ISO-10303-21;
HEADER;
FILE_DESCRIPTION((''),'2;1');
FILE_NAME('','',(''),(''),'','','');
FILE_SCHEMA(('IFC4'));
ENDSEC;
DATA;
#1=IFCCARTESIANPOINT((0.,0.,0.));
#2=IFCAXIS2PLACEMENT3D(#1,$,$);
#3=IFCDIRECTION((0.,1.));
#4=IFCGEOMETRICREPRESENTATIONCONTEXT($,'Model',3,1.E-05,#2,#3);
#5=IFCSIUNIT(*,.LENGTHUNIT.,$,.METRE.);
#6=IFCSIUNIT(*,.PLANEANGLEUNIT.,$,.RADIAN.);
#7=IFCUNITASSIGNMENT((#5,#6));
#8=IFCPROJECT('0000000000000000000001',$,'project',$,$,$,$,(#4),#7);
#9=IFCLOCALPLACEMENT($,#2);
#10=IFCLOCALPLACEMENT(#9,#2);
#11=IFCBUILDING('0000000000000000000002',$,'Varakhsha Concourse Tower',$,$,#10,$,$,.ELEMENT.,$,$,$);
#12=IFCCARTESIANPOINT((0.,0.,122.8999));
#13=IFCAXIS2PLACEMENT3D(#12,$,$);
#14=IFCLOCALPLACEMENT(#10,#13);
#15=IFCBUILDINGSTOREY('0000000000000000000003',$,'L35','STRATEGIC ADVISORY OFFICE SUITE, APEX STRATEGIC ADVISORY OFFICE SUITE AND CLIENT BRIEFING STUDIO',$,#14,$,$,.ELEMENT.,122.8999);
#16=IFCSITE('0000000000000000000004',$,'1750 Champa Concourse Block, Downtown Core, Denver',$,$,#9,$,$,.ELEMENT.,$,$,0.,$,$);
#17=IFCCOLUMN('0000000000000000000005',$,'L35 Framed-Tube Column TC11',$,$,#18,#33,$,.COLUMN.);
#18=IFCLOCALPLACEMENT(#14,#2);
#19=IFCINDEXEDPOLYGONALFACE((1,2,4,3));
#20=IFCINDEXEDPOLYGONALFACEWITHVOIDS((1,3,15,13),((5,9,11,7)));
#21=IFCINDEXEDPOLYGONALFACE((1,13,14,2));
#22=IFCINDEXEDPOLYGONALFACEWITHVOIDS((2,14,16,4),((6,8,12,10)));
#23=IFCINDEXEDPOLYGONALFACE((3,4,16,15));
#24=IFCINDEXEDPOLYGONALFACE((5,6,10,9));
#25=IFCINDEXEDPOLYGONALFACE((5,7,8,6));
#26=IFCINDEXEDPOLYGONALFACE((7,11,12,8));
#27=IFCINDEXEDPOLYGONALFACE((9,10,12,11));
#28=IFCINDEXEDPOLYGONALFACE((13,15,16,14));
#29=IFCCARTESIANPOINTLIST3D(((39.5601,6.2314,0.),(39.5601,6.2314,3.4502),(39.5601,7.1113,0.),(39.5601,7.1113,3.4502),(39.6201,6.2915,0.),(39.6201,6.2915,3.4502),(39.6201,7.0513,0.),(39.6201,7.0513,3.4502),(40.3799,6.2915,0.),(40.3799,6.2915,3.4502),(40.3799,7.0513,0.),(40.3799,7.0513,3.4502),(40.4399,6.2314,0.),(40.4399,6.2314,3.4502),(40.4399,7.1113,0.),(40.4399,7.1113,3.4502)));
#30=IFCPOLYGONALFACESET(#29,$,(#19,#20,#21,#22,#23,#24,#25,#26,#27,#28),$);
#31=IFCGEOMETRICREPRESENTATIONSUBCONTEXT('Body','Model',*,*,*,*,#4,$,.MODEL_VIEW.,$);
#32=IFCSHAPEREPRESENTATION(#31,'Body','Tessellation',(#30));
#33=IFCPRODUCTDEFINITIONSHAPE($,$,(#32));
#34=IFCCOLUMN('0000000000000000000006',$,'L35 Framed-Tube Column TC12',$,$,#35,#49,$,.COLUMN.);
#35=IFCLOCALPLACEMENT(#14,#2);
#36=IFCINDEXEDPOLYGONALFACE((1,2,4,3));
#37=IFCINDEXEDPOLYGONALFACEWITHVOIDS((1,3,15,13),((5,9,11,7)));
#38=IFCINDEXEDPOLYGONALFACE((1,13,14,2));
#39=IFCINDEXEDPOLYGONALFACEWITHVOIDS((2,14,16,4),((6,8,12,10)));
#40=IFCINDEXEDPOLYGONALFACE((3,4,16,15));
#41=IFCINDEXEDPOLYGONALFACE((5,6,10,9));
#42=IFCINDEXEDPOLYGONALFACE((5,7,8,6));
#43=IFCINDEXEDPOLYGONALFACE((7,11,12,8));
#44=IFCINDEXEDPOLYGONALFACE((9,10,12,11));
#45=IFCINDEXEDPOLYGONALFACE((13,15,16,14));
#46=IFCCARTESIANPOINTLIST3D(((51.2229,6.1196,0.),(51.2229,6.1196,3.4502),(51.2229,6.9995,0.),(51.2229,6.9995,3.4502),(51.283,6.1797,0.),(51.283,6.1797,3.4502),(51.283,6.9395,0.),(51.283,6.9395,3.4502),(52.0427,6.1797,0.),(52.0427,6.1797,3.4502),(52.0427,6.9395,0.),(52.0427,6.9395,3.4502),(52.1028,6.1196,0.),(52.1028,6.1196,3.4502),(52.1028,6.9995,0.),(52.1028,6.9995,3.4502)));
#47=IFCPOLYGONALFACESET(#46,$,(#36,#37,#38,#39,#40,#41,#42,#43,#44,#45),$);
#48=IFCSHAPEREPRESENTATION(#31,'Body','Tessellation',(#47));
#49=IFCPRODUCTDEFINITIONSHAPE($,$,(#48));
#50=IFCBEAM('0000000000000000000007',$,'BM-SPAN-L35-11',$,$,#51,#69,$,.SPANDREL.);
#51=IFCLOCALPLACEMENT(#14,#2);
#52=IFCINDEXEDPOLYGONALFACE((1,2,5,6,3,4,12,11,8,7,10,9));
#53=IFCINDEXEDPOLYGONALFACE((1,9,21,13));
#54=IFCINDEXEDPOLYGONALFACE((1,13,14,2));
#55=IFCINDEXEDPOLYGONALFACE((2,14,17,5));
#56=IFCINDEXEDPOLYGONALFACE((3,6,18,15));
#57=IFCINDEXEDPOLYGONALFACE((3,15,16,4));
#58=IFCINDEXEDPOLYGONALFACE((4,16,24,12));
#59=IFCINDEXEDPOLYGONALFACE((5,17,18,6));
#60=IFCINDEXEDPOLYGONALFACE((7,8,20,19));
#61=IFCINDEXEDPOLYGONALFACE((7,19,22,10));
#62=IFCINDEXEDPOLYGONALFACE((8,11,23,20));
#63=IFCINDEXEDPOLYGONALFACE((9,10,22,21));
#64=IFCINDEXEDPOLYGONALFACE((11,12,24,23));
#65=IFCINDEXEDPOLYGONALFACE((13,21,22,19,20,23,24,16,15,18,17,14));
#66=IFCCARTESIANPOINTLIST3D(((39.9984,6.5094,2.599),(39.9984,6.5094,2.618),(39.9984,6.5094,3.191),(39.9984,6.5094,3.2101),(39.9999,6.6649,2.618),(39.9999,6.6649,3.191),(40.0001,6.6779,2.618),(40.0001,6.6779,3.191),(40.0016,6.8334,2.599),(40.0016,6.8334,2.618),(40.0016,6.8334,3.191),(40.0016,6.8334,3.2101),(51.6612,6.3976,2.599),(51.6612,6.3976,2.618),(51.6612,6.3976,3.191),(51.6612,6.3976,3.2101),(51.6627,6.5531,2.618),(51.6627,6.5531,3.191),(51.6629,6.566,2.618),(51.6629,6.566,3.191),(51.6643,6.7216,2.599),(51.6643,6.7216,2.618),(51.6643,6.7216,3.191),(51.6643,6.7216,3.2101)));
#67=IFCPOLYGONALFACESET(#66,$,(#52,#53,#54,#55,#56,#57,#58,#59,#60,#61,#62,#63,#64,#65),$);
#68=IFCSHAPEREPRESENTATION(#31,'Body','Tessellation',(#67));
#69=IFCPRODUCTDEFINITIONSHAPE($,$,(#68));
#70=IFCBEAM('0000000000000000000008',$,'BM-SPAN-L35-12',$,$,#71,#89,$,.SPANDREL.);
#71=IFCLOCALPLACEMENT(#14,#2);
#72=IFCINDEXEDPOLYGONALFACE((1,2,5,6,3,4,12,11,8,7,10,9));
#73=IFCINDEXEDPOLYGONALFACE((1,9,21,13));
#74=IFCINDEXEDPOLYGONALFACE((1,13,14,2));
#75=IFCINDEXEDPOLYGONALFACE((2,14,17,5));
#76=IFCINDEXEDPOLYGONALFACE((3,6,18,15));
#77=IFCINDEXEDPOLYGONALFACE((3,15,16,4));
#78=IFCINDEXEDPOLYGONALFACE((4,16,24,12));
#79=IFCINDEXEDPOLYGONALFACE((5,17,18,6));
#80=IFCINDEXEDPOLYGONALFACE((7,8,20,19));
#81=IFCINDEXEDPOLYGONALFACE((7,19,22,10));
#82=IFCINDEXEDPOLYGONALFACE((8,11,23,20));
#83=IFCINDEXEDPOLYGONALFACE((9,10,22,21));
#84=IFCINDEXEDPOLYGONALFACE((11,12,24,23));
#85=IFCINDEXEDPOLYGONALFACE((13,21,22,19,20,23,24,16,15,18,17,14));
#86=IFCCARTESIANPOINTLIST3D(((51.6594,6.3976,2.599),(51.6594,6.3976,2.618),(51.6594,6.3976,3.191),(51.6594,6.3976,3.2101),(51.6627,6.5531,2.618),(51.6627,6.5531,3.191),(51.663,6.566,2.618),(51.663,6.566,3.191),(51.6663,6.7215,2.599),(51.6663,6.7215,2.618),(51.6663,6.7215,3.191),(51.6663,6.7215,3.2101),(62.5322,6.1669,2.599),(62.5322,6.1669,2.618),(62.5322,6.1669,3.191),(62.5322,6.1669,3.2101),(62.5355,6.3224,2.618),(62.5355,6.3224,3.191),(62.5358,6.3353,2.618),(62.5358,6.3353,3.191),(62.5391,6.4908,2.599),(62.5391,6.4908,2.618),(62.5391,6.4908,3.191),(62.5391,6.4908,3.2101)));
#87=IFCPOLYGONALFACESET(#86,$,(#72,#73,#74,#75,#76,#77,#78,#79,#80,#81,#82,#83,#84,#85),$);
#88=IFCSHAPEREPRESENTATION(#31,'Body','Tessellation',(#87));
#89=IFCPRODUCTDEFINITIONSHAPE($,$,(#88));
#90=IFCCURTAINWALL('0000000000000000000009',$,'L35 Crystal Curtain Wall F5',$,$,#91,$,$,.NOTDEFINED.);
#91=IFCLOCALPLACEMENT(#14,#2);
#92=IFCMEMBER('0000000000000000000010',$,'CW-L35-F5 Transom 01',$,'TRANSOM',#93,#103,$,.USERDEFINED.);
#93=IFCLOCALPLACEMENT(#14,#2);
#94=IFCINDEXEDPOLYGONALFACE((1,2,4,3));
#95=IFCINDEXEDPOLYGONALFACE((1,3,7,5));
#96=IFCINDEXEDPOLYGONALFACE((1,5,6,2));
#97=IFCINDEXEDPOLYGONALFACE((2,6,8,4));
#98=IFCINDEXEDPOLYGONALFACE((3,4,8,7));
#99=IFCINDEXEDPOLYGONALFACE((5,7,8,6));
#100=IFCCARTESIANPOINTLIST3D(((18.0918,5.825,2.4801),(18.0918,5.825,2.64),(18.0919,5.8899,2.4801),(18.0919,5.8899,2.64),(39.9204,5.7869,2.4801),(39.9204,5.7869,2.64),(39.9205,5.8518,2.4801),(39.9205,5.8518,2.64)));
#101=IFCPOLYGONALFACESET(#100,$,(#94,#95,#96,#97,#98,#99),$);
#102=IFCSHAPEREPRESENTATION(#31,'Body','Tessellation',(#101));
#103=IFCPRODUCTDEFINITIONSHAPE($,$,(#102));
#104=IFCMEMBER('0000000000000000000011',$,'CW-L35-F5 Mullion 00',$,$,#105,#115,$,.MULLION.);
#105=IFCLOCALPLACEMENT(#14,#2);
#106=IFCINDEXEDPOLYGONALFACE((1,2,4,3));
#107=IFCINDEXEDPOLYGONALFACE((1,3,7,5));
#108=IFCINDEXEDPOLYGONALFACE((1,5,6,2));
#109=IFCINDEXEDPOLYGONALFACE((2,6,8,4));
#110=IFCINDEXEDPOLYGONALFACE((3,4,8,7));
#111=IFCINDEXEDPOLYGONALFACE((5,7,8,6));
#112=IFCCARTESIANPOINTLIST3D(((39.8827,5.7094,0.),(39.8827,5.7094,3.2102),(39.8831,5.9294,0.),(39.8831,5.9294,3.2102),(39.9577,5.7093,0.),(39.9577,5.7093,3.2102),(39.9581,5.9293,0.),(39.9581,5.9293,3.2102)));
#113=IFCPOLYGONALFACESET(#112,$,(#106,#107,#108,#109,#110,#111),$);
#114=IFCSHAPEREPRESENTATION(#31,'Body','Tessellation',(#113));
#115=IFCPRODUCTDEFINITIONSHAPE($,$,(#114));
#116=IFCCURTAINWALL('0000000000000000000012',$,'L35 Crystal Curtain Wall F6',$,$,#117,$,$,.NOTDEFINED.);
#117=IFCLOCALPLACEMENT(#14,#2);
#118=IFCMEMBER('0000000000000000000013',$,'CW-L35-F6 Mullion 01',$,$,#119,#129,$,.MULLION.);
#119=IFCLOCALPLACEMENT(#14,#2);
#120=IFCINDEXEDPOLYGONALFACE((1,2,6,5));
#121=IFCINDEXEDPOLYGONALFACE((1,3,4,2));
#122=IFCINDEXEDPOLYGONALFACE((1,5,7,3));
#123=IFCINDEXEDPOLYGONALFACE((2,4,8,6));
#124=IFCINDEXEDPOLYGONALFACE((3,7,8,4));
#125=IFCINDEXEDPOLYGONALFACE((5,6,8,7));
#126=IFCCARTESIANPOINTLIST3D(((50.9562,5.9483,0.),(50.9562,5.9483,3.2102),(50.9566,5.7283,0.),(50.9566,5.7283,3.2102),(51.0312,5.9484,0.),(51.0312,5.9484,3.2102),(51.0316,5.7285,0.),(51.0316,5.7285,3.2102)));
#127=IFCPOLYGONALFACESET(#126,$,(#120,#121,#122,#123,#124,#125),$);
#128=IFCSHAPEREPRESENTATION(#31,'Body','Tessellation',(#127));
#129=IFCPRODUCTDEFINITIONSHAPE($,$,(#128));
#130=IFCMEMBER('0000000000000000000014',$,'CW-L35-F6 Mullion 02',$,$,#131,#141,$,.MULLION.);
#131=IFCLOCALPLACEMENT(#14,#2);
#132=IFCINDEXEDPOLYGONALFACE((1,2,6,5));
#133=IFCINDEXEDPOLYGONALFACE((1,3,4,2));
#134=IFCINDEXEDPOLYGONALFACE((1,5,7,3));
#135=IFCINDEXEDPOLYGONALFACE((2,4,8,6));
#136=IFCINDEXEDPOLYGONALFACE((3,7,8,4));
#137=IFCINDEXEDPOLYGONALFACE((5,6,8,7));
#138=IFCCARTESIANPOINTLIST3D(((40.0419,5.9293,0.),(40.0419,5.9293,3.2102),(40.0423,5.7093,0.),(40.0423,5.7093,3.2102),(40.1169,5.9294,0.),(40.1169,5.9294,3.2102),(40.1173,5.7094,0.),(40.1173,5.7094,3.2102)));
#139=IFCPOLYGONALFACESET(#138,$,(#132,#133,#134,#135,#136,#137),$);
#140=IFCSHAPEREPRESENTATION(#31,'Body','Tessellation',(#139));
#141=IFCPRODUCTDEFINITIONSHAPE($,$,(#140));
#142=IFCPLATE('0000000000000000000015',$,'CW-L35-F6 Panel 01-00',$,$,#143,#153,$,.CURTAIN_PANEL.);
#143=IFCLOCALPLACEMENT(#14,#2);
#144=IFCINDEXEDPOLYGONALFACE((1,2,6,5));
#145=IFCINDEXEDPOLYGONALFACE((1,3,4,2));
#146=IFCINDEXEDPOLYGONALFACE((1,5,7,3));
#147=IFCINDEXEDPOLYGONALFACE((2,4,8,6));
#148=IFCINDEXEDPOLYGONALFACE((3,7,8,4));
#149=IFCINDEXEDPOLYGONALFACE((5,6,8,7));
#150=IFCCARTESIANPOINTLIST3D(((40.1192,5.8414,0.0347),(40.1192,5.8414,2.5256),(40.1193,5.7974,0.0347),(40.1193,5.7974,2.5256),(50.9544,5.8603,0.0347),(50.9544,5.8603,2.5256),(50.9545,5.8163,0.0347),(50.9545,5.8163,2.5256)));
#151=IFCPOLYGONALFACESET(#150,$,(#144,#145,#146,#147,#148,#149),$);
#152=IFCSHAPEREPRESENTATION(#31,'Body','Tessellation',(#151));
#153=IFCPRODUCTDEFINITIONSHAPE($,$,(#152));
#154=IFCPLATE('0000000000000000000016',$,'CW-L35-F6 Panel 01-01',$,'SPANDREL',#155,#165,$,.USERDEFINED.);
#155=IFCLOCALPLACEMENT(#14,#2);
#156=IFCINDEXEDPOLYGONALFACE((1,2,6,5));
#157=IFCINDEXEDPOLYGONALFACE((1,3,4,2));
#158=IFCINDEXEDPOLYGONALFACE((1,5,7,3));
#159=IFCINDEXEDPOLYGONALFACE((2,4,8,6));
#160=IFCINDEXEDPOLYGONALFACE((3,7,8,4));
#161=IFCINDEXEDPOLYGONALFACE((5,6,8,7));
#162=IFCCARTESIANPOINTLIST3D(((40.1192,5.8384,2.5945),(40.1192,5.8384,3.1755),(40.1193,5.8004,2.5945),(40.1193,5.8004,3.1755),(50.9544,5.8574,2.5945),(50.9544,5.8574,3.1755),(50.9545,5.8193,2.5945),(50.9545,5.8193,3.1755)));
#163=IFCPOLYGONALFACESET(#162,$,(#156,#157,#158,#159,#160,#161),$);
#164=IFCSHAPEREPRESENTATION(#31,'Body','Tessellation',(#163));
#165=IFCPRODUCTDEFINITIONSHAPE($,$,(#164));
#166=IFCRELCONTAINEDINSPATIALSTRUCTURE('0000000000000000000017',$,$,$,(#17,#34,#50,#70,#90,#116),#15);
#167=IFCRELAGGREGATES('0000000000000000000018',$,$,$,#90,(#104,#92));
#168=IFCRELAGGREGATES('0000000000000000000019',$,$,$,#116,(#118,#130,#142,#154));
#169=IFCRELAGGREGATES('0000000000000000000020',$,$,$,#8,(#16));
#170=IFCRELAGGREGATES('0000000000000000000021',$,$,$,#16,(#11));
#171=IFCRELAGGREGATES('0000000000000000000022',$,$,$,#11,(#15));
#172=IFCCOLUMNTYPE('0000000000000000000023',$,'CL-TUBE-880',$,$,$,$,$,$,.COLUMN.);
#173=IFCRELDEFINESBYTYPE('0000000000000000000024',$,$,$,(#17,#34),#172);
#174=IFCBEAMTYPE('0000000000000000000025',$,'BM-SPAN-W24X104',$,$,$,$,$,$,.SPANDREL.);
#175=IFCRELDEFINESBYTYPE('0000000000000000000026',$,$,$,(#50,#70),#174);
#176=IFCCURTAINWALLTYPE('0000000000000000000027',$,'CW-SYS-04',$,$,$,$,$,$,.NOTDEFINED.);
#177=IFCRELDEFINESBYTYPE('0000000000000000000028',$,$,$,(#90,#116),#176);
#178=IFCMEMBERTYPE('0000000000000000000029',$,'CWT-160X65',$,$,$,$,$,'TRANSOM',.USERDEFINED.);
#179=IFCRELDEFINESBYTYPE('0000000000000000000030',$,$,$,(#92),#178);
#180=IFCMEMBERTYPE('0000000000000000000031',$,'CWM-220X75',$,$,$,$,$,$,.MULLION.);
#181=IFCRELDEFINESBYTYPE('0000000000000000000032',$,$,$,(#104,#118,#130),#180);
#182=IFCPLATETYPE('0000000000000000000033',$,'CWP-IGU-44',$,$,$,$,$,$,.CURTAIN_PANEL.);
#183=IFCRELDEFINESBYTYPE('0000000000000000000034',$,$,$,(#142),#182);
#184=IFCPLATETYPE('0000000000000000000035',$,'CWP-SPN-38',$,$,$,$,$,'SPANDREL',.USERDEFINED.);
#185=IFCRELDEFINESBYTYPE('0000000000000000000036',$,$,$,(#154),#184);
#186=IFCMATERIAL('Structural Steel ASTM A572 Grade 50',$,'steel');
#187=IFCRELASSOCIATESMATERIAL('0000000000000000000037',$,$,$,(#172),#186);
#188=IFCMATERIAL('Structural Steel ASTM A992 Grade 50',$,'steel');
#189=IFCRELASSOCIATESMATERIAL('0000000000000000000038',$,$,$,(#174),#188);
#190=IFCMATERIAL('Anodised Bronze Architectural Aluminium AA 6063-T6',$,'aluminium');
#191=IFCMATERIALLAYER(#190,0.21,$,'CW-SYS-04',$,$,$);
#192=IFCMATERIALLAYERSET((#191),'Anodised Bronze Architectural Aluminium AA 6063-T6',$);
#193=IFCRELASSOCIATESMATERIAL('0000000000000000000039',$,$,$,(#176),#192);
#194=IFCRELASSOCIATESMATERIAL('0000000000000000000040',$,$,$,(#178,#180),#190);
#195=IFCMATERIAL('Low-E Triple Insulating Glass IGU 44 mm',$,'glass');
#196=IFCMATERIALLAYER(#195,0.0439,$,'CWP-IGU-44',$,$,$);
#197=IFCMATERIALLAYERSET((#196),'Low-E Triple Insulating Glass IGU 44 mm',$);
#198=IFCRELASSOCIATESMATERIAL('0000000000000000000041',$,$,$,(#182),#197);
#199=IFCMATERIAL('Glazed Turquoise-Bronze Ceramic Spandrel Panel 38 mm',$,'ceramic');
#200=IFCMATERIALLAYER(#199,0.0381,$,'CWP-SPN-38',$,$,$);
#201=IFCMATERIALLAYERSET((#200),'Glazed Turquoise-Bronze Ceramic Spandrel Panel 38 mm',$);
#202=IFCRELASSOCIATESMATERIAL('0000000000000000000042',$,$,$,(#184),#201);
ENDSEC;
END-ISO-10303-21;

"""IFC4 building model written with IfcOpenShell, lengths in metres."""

from ifc_helpers import new_model, si_unit, direction, frame, origin, origin_2d, place, context, subcontext, project, spatial, rectangle, hollow_rectangle, i_section, extrude, source, transform, mapped, material, layer, layer_set, material_profile, profile_set, type_object, type_shapes, element, aggregate, save


model = new_model("IFC4")

# Units and contexts
model_context = context("Model", 3, precision=1e-05, world=origin(), true_north=direction((0.0, 1.0)))
body_context = subcontext(model_context, "Body", "Model", "MODEL_VIEW")
ifc_project = project(units=[si_unit("LENGTHUNIT", "METRE"), si_unit("PLANEANGLEUNIT", "RADIAN")], contexts=[model_context])

# Site, building, storey
site_placement = place(None, origin())
site = spatial("IfcSite", under=ifc_project, at=site_placement, Name="1750 Champa Concourse Block, Downtown Core, Denver", CompositionType="ELEMENT", RefElevation=0.0)
building_placement = place(site_placement, origin())
building = spatial("IfcBuilding", under=site, at=building_placement, Name="Varakhsha Concourse Tower", CompositionType="ELEMENT")
storey_placement = place(building_placement, frame((0.0, 0.0, 122.8999)))
storey = spatial("IfcBuildingStorey", under=building, at=storey_placement, Name="L35", Description="STRATEGIC ADVISORY OFFICE SUITE, APEX STRATEGIC ADVISORY OFFICE SUITE AND CLIENT BRIEFING STUDIO", CompositionType="ELEMENT", Elevation=122.8999)

# Columns
ifc_material_1 = material(Name="Structural Steel ASTM A572 Grade 50", Category="steel")
ifc_material_profile_1 = material_profile(ifc_material_1, hollow_rectangle(XDim=0.8799, YDim=0.8799, WallThickness=0.0601, at=origin_2d()), Name="BOX 880x880x60")
ifc_profile_set_1 = profile_set([ifc_material_profile_1], Name="Structural Steel ASTM A572 Grade 50")
column_type = type_object("IfcColumnType", Name="CL-TUBE-880", PredefinedType="COLUMN", material=ifc_profile_set_1)
for number, where, z_axis, x_axis, name in (
    (1, (40.0, 6.6714, 0.0), (0.0, 0.0, 1.0), (1.0, 0.0, 0.0), "L35 Framed-Tube Column TC11"),
    (2, (51.6628, 6.5596, 0.0), (0.0, 0.0, 1.0), (1.0, 0.0, 0.0), "L35 Framed-Tube Column TC12"),
):
    element("IfcColumn", number, at=place(storey_placement, frame(where, z_axis=z_axis, x_axis=x_axis)), inside=storey, type_object=column_type, Name=name, PredefinedType="COLUMN", context=body_context, shape_type="SweptSolid", body=[
        extrude(hollow_rectangle(XDim=0.8799, YDim=0.8799, WallThickness=0.0601, at=origin_2d()), origin(), (0.0, 0.0, 1.0), 3.4502),
    ])

# Beams
ifc_material_2 = material(Name="Structural Steel ASTM A992 Grade 50", Category="steel")
ifc_material_profile_2 = material_profile(ifc_material_2, i_section(OverallWidth=0.324, OverallDepth=0.6111, WebThickness=0.0129, FlangeThickness=0.019, at=origin_2d()), Name="W24X104")
ifc_profile_set_2 = profile_set([ifc_material_profile_2], Name="Structural Steel ASTM A992 Grade 50")
beam_type = type_object("IfcBeamType", Name="BM-SPAN-W24X104", PredefinedType="SPANDREL", material=ifc_profile_set_2)
beam_1_placement = place(storey_placement, frame((40.0, 6.6714, 2.9045), z_axis=(0.999954, -0.009587, 0.0), x_axis=(0.009587, 0.999954, 0.0)))
element("IfcBeam", 3, at=beam_1_placement, inside=storey, type_object=beam_type, Name="BM-SPAN-L35-11", PredefinedType="SPANDREL", context=body_context, shape_type="SweptSolid", body=[
    extrude(i_section(OverallWidth=0.324, OverallDepth=0.6111, WebThickness=0.0129, FlangeThickness=0.019, at=origin_2d()), origin(), (0.0, 0.0, 1.0), 11.6633),
])
beam_2_placement = place(storey_placement, frame((51.6628, 6.5596, 2.9045), z_axis=(0.999775, -0.021214, 0.0), x_axis=(0.021214, 0.999775, 0.0)))
element("IfcBeam", 4, at=beam_2_placement, inside=storey, type_object=beam_type, Name="BM-SPAN-L35-12", PredefinedType="SPANDREL", context=body_context, shape_type="SweptSolid", body=[
    extrude(i_section(OverallWidth=0.324, OverallDepth=0.6111, WebThickness=0.0129, FlangeThickness=0.019, at=origin_2d()), origin(), (0.0, 0.0, 1.0), 10.8752),
])

# Curtain wall, members
ifc_material_3 = material(Name="Anodised Bronze Architectural Aluminium AA 6063-T6", Category="aluminium")
ifc_layer_1 = layer(ifc_material_3, 0.21, Name="CW-SYS-04")
ifc_layer_set_1 = layer_set([ifc_layer_1], Name="Anodised Bronze Architectural Aluminium AA 6063-T6")
curtain_wall_type = type_object("IfcCurtainWallType", Name="CW-SYS-04", PredefinedType="NOTDEFINED", material=ifc_layer_set_1)
curtain_wall_1_placement = place(storey_placement, origin())
curtain_wall_1 = element("IfcCurtainWall", 5, at=curtain_wall_1_placement, inside=storey, type_object=curtain_wall_type, Name="L35 Crystal Curtain Wall F5", PredefinedType="NOTDEFINED")
ifc_material_profile_3 = material_profile(ifc_material_3, rectangle(XDim=0.0649, YDim=0.1599, at=origin_2d()), Name="CWT-160X65")
ifc_profile_set_3 = profile_set([ifc_material_profile_3], Name="Anodised Bronze Architectural Aluminium AA 6063-T6")
member_type_1 = type_object("IfcMemberType", Name="CWT-160X65", ElementType="TRANSOM", PredefinedType="USERDEFINED", material=ifc_profile_set_3)
shared_shape_1 = source(origin(), body_context, "Body", "SweptSolid", [
    extrude(rectangle(XDim=0.0649, YDim=0.1599, at=origin_2d()), origin(), (0.0, 0.0, 1.0), 21.8286),
])
type_shapes(member_type_1, [shared_shape_1])
member_1_placement = place(storey_placement, frame((39.9204, 5.8193, 2.5601), z_axis=(-0.999998, 0.001745, 0.0), x_axis=(-0.001745, -0.999998, 0.0)))
member_1 = element("IfcMember", 6, at=member_1_placement, type_object=member_type_1, Name="CW-L35-F5 Transom 01", ObjectType="TRANSOM", PredefinedType="USERDEFINED", context=body_context, shape_type="MappedRepresentation", body=[
    mapped(shared_shape_1, transform((0.0, 0.0, 0.0), scale=1.0)),
])
ifc_material_profile_4 = material_profile(ifc_material_3, rectangle(XDim=0.075, YDim=0.22, at=origin_2d()), Name="CWM-220X75")
ifc_profile_set_4 = profile_set([ifc_material_profile_4], Name="Anodised Bronze Architectural Aluminium AA 6063-T6")
member_type_2 = type_object("IfcMemberType", Name="CWM-220X75", PredefinedType="MULLION", material=ifc_profile_set_4)
shared_shape_2 = source(origin(), body_context, "Body", "SweptSolid", [
    extrude(rectangle(XDim=0.075, YDim=0.22, at=origin_2d()), origin(), (0.0, 0.0, 1.0), 3.2102),
])
type_shapes(member_type_2, [shared_shape_2])
member_2_placement = place(storey_placement, frame((39.9204, 5.8193, 0.0), z_axis=(0.0, 0.0, 1.0), x_axis=(-0.999998, 0.001745, 0.0)))
member_2 = element("IfcMember", 7, at=member_2_placement, type_object=member_type_2, Name="CW-L35-F5 Mullion 00", PredefinedType="MULLION", context=body_context, shape_type="MappedRepresentation", body=[
    mapped(shared_shape_2, transform((0.0, 0.0, 0.0), scale=1.0)),
])
aggregate(curtain_wall_1, [member_2, member_1])

# Curtain wall, members, plates
curtain_wall_2_placement = place(storey_placement, origin())
curtain_wall_2 = element("IfcCurtainWall", 8, at=curtain_wall_2_placement, inside=storey, type_object=curtain_wall_type, Name="L35 Crystal Curtain Wall F6", PredefinedType="NOTDEFINED")
member_3_placement = place(storey_placement, frame((50.9939, 5.8384, 0.0), z_axis=(0.0, 0.0, 1.0), x_axis=(-0.999998, -0.001745, 0.0)))
member_3 = element("IfcMember", 9, at=member_3_placement, type_object=member_type_2, Name="CW-L35-F6 Mullion 01", PredefinedType="MULLION", context=body_context, shape_type="MappedRepresentation", body=[
    mapped(shared_shape_2, transform((0.0, 0.0, 0.0), scale=1.0)),
])
member_4_placement = place(storey_placement, frame((40.0796, 5.8193, 0.0), z_axis=(0.0, 0.0, 1.0), x_axis=(-0.999998, -0.001745, 0.0)))
member_4 = element("IfcMember", 10, at=member_4_placement, type_object=member_type_2, Name="CW-L35-F6 Mullion 02", PredefinedType="MULLION", context=body_context, shape_type="MappedRepresentation", body=[
    mapped(shared_shape_2, transform((0.0, 0.0, 0.0), scale=1.0)),
])
ifc_material_4 = material(Name="Low-E Triple Insulating Glass IGU 44 mm", Category="glass")
ifc_layer_2 = layer(ifc_material_4, 0.0439, Name="CWP-IGU-44")
ifc_layer_set_2 = layer_set([ifc_layer_2], Name="Low-E Triple Insulating Glass IGU 44 mm")
plate_type_1 = type_object("IfcPlateType", Name="CWP-IGU-44", PredefinedType="CURTAIN_PANEL", material=ifc_layer_set_2)
shared_shape_3 = source(origin(), body_context, "Body", "SweptSolid", [
    extrude(rectangle(XDim=10.8352, YDim=0.0439, at=origin_2d()), origin(), (0.0, 0.0, 1.0), 2.491),
])
type_shapes(plate_type_1, [shared_shape_3])
plate_1_placement = place(storey_placement, frame((45.5369, 5.8289, 0.0347), z_axis=(0.0, 0.0, 1.0), x_axis=(-0.999998, -0.001745, 0.0)))
plate_1 = element("IfcPlate", 11, at=plate_1_placement, type_object=plate_type_1, Name="CW-L35-F6 Panel 01-00", PredefinedType="CURTAIN_PANEL", context=body_context, shape_type="MappedRepresentation", body=[
    mapped(shared_shape_3, transform((0.0, 0.0, 0.0), scale=1.0)),
])
ifc_material_5 = material(Name="Glazed Turquoise-Bronze Ceramic Spandrel Panel 38 mm", Category="ceramic")
ifc_layer_3 = layer(ifc_material_5, 0.0381, Name="CWP-SPN-38")
ifc_layer_set_3 = layer_set([ifc_layer_3], Name="Glazed Turquoise-Bronze Ceramic Spandrel Panel 38 mm")
plate_type_2 = type_object("IfcPlateType", Name="CWP-SPN-38", ElementType="SPANDREL", PredefinedType="USERDEFINED", material=ifc_layer_set_3)
shared_shape_4 = source(origin(), body_context, "Body", "SweptSolid", [
    extrude(rectangle(XDim=10.8352, YDim=0.0381, at=origin_2d()), origin(), (0.0, 0.0, 1.0), 0.5811),
])
type_shapes(plate_type_2, [shared_shape_4])
plate_2_placement = place(storey_placement, frame((45.5369, 5.8289, 2.5945), z_axis=(0.0, 0.0, 1.0), x_axis=(-0.999998, -0.001745, 0.0)))
plate_2 = element("IfcPlate", 12, at=plate_2_placement, type_object=plate_type_2, Name="CW-L35-F6 Panel 01-01", ObjectType="SPANDREL", PredefinedType="USERDEFINED", context=body_context, shape_type="MappedRepresentation", body=[
    mapped(shared_shape_4, transform((0.0, 0.0, 0.0), scale=1.0)),
])
aggregate(curtain_wall_2, [member_3, member_4, plate_1, plate_2])

save(model, "model.ifc")
